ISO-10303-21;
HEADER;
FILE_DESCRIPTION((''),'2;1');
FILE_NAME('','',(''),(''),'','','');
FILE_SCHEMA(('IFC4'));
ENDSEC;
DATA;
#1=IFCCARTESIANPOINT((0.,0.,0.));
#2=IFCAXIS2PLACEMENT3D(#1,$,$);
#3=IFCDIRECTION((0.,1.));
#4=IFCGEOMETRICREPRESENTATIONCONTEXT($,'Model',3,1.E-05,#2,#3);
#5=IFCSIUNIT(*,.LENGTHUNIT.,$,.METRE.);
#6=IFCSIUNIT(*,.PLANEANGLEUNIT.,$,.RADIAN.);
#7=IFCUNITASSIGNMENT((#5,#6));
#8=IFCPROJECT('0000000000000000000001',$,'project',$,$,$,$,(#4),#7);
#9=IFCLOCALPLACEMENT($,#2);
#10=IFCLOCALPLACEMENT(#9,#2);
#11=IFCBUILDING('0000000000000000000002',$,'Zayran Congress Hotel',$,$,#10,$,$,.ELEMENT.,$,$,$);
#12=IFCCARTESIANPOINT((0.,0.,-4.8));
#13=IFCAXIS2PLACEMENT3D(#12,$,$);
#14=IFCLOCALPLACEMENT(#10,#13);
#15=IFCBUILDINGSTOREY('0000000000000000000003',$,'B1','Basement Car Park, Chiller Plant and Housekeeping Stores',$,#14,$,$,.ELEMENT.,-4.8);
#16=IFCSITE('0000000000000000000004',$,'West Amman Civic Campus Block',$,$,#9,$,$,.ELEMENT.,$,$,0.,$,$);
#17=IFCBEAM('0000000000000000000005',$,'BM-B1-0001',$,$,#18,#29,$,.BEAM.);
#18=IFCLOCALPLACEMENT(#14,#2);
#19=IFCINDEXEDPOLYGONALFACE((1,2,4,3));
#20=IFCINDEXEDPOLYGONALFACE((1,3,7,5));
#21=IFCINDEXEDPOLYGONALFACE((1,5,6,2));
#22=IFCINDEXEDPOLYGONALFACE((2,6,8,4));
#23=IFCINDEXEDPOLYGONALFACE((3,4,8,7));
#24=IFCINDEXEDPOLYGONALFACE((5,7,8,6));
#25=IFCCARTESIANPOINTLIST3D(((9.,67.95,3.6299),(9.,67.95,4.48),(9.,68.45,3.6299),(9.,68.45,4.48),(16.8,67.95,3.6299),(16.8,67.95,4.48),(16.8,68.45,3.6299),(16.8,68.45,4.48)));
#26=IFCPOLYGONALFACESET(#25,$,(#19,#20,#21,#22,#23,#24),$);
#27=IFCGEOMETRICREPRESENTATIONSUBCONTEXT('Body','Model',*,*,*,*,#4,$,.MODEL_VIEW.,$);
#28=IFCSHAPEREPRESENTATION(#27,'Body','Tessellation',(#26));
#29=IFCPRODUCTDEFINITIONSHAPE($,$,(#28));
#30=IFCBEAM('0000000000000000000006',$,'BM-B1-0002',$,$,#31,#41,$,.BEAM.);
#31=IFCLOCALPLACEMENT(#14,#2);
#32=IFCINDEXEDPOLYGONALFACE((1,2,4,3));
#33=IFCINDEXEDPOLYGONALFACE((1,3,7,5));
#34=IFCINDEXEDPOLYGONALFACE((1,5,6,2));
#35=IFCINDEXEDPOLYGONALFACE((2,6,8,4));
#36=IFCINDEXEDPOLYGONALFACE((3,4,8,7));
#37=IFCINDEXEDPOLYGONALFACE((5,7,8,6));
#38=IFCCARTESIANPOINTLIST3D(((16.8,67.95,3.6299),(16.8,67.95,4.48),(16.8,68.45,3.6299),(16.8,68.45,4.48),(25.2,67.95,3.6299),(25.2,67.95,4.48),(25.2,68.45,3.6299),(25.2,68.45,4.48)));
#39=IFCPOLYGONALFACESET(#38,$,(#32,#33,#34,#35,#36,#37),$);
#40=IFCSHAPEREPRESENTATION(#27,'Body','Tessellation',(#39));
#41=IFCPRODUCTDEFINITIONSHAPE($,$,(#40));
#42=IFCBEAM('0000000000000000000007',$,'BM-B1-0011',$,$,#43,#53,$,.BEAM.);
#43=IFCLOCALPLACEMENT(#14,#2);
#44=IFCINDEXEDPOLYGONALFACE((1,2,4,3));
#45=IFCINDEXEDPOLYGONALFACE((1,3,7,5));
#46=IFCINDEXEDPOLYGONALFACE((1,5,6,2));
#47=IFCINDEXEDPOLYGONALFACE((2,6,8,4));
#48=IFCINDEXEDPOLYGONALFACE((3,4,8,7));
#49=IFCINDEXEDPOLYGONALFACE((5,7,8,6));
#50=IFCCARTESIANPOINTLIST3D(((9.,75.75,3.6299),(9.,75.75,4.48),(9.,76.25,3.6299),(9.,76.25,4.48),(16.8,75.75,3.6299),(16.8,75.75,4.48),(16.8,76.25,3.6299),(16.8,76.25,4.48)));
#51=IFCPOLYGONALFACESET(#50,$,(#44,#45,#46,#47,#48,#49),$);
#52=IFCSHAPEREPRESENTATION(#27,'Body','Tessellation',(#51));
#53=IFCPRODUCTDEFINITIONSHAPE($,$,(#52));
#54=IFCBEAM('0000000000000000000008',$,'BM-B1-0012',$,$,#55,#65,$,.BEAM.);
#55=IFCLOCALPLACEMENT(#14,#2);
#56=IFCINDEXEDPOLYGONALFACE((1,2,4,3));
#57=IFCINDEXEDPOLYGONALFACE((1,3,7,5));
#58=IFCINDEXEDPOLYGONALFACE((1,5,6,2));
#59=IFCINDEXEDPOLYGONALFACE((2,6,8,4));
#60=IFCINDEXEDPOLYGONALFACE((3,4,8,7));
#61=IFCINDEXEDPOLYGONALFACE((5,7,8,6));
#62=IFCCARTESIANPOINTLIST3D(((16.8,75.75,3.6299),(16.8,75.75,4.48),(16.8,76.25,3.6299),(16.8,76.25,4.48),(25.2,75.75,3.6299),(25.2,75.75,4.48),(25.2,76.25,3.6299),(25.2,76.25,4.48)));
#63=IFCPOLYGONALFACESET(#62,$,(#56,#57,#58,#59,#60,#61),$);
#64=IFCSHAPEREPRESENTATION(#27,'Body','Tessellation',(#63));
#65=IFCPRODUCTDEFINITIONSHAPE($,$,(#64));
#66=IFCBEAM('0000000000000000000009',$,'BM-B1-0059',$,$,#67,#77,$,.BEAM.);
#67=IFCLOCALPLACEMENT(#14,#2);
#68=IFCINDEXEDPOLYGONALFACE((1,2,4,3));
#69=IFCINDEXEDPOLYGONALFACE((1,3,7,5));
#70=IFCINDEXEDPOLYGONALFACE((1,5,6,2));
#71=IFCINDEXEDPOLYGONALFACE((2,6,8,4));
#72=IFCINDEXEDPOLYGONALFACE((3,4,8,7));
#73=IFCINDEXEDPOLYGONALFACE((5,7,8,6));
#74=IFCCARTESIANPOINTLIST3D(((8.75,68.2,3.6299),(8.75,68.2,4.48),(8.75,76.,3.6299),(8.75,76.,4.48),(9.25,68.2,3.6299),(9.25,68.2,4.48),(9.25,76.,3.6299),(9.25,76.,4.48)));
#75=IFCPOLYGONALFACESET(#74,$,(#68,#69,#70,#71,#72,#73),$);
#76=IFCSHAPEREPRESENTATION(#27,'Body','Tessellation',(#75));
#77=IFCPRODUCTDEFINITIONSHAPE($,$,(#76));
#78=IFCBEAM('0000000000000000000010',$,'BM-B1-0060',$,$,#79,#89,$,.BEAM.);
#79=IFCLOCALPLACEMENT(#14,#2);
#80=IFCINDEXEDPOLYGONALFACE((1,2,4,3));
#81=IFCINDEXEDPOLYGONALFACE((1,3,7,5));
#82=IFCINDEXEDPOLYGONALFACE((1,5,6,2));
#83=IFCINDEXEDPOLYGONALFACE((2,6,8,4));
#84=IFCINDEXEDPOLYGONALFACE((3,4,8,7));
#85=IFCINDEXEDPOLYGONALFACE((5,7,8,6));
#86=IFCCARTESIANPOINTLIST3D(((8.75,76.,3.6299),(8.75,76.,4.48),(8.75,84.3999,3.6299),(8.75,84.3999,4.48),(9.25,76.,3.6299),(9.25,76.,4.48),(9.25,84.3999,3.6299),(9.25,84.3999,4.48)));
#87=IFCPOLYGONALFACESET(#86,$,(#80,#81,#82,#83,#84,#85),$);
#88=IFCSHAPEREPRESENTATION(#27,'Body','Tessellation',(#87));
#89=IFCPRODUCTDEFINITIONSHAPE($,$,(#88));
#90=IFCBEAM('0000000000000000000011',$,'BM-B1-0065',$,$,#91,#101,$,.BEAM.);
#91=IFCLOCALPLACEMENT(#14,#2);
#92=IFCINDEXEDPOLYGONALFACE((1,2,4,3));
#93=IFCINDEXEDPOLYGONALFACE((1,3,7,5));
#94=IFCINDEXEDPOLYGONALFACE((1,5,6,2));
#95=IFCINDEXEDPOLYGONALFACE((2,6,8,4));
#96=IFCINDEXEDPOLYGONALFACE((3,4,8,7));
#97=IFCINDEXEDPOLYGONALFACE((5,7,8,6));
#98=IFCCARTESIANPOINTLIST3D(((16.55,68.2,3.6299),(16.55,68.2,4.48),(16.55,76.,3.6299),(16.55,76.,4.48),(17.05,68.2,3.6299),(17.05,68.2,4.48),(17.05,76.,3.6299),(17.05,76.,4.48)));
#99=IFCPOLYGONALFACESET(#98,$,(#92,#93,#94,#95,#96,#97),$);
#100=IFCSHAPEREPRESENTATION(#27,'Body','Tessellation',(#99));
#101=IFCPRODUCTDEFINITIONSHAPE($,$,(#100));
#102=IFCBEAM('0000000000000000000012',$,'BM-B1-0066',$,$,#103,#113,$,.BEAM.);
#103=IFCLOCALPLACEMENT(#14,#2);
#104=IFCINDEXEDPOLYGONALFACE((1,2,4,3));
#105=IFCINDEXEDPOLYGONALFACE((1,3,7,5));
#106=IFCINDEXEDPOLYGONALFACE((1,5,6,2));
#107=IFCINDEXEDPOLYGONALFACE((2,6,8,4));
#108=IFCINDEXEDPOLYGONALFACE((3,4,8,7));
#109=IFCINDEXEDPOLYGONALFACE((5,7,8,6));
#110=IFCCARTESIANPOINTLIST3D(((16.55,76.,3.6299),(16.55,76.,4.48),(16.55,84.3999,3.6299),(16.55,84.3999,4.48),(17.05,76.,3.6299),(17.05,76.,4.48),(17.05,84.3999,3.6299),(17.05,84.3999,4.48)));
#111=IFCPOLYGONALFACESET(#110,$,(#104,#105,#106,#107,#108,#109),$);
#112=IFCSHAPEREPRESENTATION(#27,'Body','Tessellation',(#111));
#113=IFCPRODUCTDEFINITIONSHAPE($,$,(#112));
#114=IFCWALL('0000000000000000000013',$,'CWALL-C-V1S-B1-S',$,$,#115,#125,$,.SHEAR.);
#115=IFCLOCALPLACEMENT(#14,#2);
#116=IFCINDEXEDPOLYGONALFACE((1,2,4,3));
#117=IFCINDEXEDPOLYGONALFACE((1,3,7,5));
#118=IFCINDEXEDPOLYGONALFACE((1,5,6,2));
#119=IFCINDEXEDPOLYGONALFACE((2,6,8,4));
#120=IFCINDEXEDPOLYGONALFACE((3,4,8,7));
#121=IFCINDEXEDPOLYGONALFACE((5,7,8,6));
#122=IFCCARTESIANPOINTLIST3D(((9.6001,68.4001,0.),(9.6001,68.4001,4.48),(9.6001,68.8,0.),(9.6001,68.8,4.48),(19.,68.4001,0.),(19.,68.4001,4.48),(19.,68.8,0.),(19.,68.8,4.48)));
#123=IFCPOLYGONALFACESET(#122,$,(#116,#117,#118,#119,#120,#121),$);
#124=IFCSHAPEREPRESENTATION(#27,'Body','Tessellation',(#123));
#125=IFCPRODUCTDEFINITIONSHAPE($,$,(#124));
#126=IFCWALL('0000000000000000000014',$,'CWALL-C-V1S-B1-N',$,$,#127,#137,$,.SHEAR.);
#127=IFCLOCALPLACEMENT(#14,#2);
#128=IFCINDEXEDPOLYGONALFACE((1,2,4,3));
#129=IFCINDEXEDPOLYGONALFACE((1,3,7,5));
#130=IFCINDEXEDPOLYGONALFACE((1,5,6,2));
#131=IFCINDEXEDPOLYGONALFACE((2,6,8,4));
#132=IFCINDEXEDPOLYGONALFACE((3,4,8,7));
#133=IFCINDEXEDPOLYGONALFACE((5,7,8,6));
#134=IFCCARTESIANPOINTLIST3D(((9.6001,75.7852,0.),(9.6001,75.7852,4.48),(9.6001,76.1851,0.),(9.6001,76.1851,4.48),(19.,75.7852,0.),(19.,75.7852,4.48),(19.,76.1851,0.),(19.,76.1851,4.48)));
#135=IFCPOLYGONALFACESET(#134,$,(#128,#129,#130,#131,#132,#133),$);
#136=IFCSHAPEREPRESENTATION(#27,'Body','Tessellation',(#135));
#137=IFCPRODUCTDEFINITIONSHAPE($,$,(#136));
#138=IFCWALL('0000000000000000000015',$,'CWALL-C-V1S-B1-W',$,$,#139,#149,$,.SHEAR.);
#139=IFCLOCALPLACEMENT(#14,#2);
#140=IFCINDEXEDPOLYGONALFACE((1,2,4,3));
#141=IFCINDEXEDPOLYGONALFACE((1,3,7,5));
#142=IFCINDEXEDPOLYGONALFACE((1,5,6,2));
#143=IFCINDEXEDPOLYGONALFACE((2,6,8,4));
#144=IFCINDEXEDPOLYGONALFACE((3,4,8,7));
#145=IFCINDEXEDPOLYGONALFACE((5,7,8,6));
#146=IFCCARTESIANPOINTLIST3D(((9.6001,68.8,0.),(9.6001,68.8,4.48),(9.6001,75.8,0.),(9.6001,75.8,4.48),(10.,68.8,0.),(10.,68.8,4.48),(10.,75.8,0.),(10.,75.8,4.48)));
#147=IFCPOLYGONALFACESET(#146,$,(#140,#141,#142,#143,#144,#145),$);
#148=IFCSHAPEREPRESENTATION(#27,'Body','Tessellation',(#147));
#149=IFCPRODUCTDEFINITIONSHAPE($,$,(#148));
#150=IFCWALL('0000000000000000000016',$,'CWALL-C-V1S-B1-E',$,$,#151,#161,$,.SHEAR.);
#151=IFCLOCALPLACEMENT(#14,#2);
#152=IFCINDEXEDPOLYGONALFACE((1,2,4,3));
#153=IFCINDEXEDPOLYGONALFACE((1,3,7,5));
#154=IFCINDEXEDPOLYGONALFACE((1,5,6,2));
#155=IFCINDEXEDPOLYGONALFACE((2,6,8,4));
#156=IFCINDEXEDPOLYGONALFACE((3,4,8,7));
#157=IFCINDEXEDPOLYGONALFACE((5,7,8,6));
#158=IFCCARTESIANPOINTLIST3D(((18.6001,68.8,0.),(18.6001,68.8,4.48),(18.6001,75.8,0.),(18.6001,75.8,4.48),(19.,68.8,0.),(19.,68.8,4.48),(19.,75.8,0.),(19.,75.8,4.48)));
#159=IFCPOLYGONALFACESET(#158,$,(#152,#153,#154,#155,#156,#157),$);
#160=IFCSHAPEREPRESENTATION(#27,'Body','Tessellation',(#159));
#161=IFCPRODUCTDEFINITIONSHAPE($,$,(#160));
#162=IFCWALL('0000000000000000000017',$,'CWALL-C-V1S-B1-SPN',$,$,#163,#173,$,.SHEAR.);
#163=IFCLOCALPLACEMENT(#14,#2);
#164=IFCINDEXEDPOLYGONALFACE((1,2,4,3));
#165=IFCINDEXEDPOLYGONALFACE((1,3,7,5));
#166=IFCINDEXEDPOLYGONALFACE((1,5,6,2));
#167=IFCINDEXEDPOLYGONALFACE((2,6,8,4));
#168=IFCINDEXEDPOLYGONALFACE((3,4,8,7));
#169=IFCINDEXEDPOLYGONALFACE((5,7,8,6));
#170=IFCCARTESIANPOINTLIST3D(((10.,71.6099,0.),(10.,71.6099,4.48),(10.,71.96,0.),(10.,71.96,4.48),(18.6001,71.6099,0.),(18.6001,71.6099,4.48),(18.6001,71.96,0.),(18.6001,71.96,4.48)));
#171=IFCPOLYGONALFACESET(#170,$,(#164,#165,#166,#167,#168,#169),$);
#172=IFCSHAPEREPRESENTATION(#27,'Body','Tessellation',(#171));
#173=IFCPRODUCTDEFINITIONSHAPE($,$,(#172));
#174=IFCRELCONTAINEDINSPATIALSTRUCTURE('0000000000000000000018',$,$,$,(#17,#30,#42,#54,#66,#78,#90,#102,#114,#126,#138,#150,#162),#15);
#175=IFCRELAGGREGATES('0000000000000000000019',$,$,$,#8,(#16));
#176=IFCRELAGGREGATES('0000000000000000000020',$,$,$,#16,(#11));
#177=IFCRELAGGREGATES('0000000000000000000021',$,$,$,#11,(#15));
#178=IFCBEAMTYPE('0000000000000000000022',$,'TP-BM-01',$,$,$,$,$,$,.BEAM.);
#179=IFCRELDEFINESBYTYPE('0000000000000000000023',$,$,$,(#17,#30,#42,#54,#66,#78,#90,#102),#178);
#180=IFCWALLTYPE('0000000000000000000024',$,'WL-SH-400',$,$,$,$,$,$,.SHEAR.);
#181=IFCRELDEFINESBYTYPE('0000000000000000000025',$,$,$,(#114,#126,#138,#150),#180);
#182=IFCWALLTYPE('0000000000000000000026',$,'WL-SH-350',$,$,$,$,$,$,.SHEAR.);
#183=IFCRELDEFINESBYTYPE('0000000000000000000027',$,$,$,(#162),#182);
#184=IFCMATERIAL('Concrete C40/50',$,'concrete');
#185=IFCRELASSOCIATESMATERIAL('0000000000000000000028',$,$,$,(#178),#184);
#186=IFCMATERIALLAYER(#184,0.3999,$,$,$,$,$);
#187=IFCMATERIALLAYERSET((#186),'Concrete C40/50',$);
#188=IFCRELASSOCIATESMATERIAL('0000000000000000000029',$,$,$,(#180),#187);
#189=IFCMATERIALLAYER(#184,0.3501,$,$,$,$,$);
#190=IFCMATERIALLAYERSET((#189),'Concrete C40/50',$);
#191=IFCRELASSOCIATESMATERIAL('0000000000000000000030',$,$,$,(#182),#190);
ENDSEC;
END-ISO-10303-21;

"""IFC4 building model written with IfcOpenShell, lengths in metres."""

from ifc_helpers import new_model, si_unit, direction, frame, frame_2d, origin, origin_2d, place, context, subcontext, project, spatial, rectangle, extrude, material, layer, layer_set, material_profile, profile_set, type_object, element, save


model = new_model("IFC4")

# Units and contexts
model_context = context("Model", 3, precision=1e-05, world=origin(), true_north=direction((0.0, 1.0)))
body_context = subcontext(model_context, "Body", "Model", "MODEL_VIEW")
ifc_project = project(units=[si_unit("LENGTHUNIT", "METRE"), si_unit("PLANEANGLEUNIT", "RADIAN")], contexts=[model_context])

# Site, building, storey
site_placement = place(None, origin())
site = spatial("IfcSite", under=ifc_project, at=site_placement, Name="West Amman Civic Campus Block", CompositionType="ELEMENT", RefElevation=0.0)
building_placement = place(site_placement, origin())
building = spatial("IfcBuilding", under=site, at=building_placement, Name="Zayran Congress Hotel", CompositionType="ELEMENT")
storey_placement = place(building_placement, frame((0.0, 0.0, -4.8)))
storey = spatial("IfcBuildingStorey", under=building, at=storey_placement, Name="B1", Description="Basement Car Park, Chiller Plant and Housekeeping Stores", CompositionType="ELEMENT", Elevation=-4.8)

# Shared definitions
ifc_material = material(Name="Concrete C40/50", Category="concrete")

# Beams
ifc_material_profile_1 = material_profile(ifc_material, rectangle(XDim=0.5, YDim=0.8501, at=origin_2d()), Name="RC 500x850")
ifc_profile_set_1 = profile_set([ifc_material_profile_1], Name="Concrete C40/50")
beam_type = type_object("IfcBeamType", Name="TP-BM-01", PredefinedType="BEAM", material=ifc_profile_set_1)
beam_1_placement = place(storey_placement, frame((9.0, 68.2, 4.0549), z_axis=(1.0, 0.0, 0.0), x_axis=(0.0, 1.0, 0.0)))
element("IfcBeam", 1, at=beam_1_placement, inside=storey, type_object=beam_type, Name="BM-B1-0001", PredefinedType="BEAM", context=body_context, shape_type="SweptSolid", body=[
    extrude(rectangle(XDim=0.5, YDim=0.8501, at=origin_2d()), origin(), (0.0, 0.0, 1.0), 7.8),
])
beam_2_placement = place(storey_placement, frame((16.8, 68.2, 4.0549), z_axis=(1.0, 0.0, 0.0), x_axis=(0.0, 1.0, 0.0)))
element("IfcBeam", 2, at=beam_2_placement, inside=storey, type_object=beam_type, Name="BM-B1-0002", PredefinedType="BEAM", context=body_context, shape_type="SweptSolid", body=[
    extrude(rectangle(XDim=0.5, YDim=0.8501, at=origin_2d()), origin(), (0.0, 0.0, 1.0), 8.3999),
])
beam_3_placement = place(storey_placement, frame((9.0, 76.0, 4.0549), z_axis=(1.0, 0.0, 0.0), x_axis=(0.0, 1.0, 0.0)))
element("IfcBeam", 3, at=beam_3_placement, inside=storey, type_object=beam_type, Name="BM-B1-0011", PredefinedType="BEAM", context=body_context, shape_type="SweptSolid", body=[
    extrude(rectangle(XDim=0.5, YDim=0.8501, at=origin_2d()), origin(), (0.0, 0.0, 1.0), 7.8),
])
beam_4_placement = place(storey_placement, frame((16.8, 76.0, 4.0549), z_axis=(1.0, 0.0, 0.0), x_axis=(0.0, 1.0, 0.0)))
element("IfcBeam", 4, at=beam_4_placement, inside=storey, type_object=beam_type, Name="BM-B1-0012", PredefinedType="BEAM", context=body_context, shape_type="SweptSolid", body=[
    extrude(rectangle(XDim=0.5, YDim=0.8501, at=origin_2d()), origin(), (0.0, 0.0, 1.0), 8.3999),
])
beam_5_placement = place(storey_placement, frame((9.0, 68.2, 4.0549), z_axis=(0.0, 1.0, 0.0), x_axis=(-1.0, 0.0, 0.0)))
element("IfcBeam", 5, at=beam_5_placement, inside=storey, type_object=beam_type, Name="BM-B1-0059", PredefinedType="BEAM", context=body_context, shape_type="SweptSolid", body=[
    extrude(rectangle(XDim=0.5, YDim=0.8501, at=origin_2d()), origin(), (0.0, 0.0, 1.0), 7.8),
])
beam_6_placement = place(storey_placement, frame((9.0, 76.0, 4.0549), z_axis=(0.0, 1.0, 0.0), x_axis=(-1.0, 0.0, 0.0)))
element("IfcBeam", 6, at=beam_6_placement, inside=storey, type_object=beam_type, Name="BM-B1-0060", PredefinedType="BEAM", context=body_context, shape_type="SweptSolid", body=[
    extrude(rectangle(XDim=0.5, YDim=0.8501, at=origin_2d()), origin(), (0.0, 0.0, 1.0), 8.3999),
])
beam_7_placement = place(storey_placement, frame((16.8, 68.2, 4.0549), z_axis=(0.0, 1.0, 0.0), x_axis=(-1.0, 0.0, 0.0)))
element("IfcBeam", 7, at=beam_7_placement, inside=storey, type_object=beam_type, Name="BM-B1-0065", PredefinedType="BEAM", context=body_context, shape_type="SweptSolid", body=[
    extrude(rectangle(XDim=0.5, YDim=0.8501, at=origin_2d()), origin(), (0.0, 0.0, 1.0), 7.8),
])
beam_8_placement = place(storey_placement, frame((16.8, 76.0, 4.0549), z_axis=(0.0, 1.0, 0.0), x_axis=(-1.0, 0.0, 0.0)))
element("IfcBeam", 8, at=beam_8_placement, inside=storey, type_object=beam_type, Name="BM-B1-0066", PredefinedType="BEAM", context=body_context, shape_type="SweptSolid", body=[
    extrude(rectangle(XDim=0.5, YDim=0.8501, at=origin_2d()), origin(), (0.0, 0.0, 1.0), 8.3999),
])

# Walls
ifc_layer_1 = layer(ifc_material, 0.3999)
ifc_layer_set_1 = layer_set([ifc_layer_1], Name="Concrete C40/50")
wall_type_1 = type_object("IfcWallType", Name="WL-SH-400", PredefinedType="SHEAR", material=ifc_layer_set_1)
for number, where, z_axis, x_axis, name in (
    (9, (9.6001, 68.6001, 0.0), (0.0, 0.0, 1.0), (1.0, 0.0, 0.0), "CWALL-C-V1S-B1-S"),
    (10, (19.0, 75.9851, 0.0), (0.0, 0.0, 1.0), (-1.0, 0.0, 0.0), "CWALL-C-V1S-B1-N"),
):
    element("IfcWall", number, at=place(storey_placement, frame(where, z_axis=z_axis, x_axis=x_axis)), inside=storey, type_object=wall_type_1, Name=name, PredefinedType="SHEAR", context=body_context, shape_type="SweptSolid", body=[
        extrude(rectangle(XDim=9.3999, YDim=0.3999, at=frame_2d((4.7, 0.0))), origin(), (0.0, 0.0, 1.0), 4.48),
    ])
for number, where, z_axis, x_axis, name in (
    (11, (9.8, 75.8, 0.0), (0.0, 0.0, 1.0), (0.0, -1.0, 0.0), "CWALL-C-V1S-B1-W"),
    (12, (18.8, 68.8, 0.0), (0.0, 0.0, 1.0), (0.0, 1.0, 0.0), "CWALL-C-V1S-B1-E"),
):
    element("IfcWall", number, at=place(storey_placement, frame(where, z_axis=z_axis, x_axis=x_axis)), inside=storey, type_object=wall_type_1, Name=name, PredefinedType="SHEAR", context=body_context, shape_type="SweptSolid", body=[
        extrude(rectangle(XDim=7.0, YDim=0.3999, at=frame_2d((3.5, 0.0))), origin(), (0.0, 0.0, 1.0), 4.48),
    ])
ifc_layer_2 = layer(ifc_material, 0.3501)
ifc_layer_set_2 = layer_set([ifc_layer_2], Name="Concrete C40/50")
wall_type_2 = type_object("IfcWallType", Name="WL-SH-350", PredefinedType="SHEAR", material=ifc_layer_set_2)
wall_placement = place(storey_placement, frame((10.0, 71.7849, 0.0), z_axis=(0.0, 0.0, 1.0), x_axis=(1.0, 0.0, 0.0)))
element("IfcWall", 13, at=wall_placement, inside=storey, type_object=wall_type_2, Name="CWALL-C-V1S-B1-SPN", PredefinedType="SHEAR", context=body_context, shape_type="SweptSolid", body=[
    extrude(rectangle(XDim=8.6001, YDim=0.3501, at=frame_2d((4.3, 0.0))), origin(), (0.0, 0.0, 1.0), 4.48),
])

save(model, "model.ifc")
